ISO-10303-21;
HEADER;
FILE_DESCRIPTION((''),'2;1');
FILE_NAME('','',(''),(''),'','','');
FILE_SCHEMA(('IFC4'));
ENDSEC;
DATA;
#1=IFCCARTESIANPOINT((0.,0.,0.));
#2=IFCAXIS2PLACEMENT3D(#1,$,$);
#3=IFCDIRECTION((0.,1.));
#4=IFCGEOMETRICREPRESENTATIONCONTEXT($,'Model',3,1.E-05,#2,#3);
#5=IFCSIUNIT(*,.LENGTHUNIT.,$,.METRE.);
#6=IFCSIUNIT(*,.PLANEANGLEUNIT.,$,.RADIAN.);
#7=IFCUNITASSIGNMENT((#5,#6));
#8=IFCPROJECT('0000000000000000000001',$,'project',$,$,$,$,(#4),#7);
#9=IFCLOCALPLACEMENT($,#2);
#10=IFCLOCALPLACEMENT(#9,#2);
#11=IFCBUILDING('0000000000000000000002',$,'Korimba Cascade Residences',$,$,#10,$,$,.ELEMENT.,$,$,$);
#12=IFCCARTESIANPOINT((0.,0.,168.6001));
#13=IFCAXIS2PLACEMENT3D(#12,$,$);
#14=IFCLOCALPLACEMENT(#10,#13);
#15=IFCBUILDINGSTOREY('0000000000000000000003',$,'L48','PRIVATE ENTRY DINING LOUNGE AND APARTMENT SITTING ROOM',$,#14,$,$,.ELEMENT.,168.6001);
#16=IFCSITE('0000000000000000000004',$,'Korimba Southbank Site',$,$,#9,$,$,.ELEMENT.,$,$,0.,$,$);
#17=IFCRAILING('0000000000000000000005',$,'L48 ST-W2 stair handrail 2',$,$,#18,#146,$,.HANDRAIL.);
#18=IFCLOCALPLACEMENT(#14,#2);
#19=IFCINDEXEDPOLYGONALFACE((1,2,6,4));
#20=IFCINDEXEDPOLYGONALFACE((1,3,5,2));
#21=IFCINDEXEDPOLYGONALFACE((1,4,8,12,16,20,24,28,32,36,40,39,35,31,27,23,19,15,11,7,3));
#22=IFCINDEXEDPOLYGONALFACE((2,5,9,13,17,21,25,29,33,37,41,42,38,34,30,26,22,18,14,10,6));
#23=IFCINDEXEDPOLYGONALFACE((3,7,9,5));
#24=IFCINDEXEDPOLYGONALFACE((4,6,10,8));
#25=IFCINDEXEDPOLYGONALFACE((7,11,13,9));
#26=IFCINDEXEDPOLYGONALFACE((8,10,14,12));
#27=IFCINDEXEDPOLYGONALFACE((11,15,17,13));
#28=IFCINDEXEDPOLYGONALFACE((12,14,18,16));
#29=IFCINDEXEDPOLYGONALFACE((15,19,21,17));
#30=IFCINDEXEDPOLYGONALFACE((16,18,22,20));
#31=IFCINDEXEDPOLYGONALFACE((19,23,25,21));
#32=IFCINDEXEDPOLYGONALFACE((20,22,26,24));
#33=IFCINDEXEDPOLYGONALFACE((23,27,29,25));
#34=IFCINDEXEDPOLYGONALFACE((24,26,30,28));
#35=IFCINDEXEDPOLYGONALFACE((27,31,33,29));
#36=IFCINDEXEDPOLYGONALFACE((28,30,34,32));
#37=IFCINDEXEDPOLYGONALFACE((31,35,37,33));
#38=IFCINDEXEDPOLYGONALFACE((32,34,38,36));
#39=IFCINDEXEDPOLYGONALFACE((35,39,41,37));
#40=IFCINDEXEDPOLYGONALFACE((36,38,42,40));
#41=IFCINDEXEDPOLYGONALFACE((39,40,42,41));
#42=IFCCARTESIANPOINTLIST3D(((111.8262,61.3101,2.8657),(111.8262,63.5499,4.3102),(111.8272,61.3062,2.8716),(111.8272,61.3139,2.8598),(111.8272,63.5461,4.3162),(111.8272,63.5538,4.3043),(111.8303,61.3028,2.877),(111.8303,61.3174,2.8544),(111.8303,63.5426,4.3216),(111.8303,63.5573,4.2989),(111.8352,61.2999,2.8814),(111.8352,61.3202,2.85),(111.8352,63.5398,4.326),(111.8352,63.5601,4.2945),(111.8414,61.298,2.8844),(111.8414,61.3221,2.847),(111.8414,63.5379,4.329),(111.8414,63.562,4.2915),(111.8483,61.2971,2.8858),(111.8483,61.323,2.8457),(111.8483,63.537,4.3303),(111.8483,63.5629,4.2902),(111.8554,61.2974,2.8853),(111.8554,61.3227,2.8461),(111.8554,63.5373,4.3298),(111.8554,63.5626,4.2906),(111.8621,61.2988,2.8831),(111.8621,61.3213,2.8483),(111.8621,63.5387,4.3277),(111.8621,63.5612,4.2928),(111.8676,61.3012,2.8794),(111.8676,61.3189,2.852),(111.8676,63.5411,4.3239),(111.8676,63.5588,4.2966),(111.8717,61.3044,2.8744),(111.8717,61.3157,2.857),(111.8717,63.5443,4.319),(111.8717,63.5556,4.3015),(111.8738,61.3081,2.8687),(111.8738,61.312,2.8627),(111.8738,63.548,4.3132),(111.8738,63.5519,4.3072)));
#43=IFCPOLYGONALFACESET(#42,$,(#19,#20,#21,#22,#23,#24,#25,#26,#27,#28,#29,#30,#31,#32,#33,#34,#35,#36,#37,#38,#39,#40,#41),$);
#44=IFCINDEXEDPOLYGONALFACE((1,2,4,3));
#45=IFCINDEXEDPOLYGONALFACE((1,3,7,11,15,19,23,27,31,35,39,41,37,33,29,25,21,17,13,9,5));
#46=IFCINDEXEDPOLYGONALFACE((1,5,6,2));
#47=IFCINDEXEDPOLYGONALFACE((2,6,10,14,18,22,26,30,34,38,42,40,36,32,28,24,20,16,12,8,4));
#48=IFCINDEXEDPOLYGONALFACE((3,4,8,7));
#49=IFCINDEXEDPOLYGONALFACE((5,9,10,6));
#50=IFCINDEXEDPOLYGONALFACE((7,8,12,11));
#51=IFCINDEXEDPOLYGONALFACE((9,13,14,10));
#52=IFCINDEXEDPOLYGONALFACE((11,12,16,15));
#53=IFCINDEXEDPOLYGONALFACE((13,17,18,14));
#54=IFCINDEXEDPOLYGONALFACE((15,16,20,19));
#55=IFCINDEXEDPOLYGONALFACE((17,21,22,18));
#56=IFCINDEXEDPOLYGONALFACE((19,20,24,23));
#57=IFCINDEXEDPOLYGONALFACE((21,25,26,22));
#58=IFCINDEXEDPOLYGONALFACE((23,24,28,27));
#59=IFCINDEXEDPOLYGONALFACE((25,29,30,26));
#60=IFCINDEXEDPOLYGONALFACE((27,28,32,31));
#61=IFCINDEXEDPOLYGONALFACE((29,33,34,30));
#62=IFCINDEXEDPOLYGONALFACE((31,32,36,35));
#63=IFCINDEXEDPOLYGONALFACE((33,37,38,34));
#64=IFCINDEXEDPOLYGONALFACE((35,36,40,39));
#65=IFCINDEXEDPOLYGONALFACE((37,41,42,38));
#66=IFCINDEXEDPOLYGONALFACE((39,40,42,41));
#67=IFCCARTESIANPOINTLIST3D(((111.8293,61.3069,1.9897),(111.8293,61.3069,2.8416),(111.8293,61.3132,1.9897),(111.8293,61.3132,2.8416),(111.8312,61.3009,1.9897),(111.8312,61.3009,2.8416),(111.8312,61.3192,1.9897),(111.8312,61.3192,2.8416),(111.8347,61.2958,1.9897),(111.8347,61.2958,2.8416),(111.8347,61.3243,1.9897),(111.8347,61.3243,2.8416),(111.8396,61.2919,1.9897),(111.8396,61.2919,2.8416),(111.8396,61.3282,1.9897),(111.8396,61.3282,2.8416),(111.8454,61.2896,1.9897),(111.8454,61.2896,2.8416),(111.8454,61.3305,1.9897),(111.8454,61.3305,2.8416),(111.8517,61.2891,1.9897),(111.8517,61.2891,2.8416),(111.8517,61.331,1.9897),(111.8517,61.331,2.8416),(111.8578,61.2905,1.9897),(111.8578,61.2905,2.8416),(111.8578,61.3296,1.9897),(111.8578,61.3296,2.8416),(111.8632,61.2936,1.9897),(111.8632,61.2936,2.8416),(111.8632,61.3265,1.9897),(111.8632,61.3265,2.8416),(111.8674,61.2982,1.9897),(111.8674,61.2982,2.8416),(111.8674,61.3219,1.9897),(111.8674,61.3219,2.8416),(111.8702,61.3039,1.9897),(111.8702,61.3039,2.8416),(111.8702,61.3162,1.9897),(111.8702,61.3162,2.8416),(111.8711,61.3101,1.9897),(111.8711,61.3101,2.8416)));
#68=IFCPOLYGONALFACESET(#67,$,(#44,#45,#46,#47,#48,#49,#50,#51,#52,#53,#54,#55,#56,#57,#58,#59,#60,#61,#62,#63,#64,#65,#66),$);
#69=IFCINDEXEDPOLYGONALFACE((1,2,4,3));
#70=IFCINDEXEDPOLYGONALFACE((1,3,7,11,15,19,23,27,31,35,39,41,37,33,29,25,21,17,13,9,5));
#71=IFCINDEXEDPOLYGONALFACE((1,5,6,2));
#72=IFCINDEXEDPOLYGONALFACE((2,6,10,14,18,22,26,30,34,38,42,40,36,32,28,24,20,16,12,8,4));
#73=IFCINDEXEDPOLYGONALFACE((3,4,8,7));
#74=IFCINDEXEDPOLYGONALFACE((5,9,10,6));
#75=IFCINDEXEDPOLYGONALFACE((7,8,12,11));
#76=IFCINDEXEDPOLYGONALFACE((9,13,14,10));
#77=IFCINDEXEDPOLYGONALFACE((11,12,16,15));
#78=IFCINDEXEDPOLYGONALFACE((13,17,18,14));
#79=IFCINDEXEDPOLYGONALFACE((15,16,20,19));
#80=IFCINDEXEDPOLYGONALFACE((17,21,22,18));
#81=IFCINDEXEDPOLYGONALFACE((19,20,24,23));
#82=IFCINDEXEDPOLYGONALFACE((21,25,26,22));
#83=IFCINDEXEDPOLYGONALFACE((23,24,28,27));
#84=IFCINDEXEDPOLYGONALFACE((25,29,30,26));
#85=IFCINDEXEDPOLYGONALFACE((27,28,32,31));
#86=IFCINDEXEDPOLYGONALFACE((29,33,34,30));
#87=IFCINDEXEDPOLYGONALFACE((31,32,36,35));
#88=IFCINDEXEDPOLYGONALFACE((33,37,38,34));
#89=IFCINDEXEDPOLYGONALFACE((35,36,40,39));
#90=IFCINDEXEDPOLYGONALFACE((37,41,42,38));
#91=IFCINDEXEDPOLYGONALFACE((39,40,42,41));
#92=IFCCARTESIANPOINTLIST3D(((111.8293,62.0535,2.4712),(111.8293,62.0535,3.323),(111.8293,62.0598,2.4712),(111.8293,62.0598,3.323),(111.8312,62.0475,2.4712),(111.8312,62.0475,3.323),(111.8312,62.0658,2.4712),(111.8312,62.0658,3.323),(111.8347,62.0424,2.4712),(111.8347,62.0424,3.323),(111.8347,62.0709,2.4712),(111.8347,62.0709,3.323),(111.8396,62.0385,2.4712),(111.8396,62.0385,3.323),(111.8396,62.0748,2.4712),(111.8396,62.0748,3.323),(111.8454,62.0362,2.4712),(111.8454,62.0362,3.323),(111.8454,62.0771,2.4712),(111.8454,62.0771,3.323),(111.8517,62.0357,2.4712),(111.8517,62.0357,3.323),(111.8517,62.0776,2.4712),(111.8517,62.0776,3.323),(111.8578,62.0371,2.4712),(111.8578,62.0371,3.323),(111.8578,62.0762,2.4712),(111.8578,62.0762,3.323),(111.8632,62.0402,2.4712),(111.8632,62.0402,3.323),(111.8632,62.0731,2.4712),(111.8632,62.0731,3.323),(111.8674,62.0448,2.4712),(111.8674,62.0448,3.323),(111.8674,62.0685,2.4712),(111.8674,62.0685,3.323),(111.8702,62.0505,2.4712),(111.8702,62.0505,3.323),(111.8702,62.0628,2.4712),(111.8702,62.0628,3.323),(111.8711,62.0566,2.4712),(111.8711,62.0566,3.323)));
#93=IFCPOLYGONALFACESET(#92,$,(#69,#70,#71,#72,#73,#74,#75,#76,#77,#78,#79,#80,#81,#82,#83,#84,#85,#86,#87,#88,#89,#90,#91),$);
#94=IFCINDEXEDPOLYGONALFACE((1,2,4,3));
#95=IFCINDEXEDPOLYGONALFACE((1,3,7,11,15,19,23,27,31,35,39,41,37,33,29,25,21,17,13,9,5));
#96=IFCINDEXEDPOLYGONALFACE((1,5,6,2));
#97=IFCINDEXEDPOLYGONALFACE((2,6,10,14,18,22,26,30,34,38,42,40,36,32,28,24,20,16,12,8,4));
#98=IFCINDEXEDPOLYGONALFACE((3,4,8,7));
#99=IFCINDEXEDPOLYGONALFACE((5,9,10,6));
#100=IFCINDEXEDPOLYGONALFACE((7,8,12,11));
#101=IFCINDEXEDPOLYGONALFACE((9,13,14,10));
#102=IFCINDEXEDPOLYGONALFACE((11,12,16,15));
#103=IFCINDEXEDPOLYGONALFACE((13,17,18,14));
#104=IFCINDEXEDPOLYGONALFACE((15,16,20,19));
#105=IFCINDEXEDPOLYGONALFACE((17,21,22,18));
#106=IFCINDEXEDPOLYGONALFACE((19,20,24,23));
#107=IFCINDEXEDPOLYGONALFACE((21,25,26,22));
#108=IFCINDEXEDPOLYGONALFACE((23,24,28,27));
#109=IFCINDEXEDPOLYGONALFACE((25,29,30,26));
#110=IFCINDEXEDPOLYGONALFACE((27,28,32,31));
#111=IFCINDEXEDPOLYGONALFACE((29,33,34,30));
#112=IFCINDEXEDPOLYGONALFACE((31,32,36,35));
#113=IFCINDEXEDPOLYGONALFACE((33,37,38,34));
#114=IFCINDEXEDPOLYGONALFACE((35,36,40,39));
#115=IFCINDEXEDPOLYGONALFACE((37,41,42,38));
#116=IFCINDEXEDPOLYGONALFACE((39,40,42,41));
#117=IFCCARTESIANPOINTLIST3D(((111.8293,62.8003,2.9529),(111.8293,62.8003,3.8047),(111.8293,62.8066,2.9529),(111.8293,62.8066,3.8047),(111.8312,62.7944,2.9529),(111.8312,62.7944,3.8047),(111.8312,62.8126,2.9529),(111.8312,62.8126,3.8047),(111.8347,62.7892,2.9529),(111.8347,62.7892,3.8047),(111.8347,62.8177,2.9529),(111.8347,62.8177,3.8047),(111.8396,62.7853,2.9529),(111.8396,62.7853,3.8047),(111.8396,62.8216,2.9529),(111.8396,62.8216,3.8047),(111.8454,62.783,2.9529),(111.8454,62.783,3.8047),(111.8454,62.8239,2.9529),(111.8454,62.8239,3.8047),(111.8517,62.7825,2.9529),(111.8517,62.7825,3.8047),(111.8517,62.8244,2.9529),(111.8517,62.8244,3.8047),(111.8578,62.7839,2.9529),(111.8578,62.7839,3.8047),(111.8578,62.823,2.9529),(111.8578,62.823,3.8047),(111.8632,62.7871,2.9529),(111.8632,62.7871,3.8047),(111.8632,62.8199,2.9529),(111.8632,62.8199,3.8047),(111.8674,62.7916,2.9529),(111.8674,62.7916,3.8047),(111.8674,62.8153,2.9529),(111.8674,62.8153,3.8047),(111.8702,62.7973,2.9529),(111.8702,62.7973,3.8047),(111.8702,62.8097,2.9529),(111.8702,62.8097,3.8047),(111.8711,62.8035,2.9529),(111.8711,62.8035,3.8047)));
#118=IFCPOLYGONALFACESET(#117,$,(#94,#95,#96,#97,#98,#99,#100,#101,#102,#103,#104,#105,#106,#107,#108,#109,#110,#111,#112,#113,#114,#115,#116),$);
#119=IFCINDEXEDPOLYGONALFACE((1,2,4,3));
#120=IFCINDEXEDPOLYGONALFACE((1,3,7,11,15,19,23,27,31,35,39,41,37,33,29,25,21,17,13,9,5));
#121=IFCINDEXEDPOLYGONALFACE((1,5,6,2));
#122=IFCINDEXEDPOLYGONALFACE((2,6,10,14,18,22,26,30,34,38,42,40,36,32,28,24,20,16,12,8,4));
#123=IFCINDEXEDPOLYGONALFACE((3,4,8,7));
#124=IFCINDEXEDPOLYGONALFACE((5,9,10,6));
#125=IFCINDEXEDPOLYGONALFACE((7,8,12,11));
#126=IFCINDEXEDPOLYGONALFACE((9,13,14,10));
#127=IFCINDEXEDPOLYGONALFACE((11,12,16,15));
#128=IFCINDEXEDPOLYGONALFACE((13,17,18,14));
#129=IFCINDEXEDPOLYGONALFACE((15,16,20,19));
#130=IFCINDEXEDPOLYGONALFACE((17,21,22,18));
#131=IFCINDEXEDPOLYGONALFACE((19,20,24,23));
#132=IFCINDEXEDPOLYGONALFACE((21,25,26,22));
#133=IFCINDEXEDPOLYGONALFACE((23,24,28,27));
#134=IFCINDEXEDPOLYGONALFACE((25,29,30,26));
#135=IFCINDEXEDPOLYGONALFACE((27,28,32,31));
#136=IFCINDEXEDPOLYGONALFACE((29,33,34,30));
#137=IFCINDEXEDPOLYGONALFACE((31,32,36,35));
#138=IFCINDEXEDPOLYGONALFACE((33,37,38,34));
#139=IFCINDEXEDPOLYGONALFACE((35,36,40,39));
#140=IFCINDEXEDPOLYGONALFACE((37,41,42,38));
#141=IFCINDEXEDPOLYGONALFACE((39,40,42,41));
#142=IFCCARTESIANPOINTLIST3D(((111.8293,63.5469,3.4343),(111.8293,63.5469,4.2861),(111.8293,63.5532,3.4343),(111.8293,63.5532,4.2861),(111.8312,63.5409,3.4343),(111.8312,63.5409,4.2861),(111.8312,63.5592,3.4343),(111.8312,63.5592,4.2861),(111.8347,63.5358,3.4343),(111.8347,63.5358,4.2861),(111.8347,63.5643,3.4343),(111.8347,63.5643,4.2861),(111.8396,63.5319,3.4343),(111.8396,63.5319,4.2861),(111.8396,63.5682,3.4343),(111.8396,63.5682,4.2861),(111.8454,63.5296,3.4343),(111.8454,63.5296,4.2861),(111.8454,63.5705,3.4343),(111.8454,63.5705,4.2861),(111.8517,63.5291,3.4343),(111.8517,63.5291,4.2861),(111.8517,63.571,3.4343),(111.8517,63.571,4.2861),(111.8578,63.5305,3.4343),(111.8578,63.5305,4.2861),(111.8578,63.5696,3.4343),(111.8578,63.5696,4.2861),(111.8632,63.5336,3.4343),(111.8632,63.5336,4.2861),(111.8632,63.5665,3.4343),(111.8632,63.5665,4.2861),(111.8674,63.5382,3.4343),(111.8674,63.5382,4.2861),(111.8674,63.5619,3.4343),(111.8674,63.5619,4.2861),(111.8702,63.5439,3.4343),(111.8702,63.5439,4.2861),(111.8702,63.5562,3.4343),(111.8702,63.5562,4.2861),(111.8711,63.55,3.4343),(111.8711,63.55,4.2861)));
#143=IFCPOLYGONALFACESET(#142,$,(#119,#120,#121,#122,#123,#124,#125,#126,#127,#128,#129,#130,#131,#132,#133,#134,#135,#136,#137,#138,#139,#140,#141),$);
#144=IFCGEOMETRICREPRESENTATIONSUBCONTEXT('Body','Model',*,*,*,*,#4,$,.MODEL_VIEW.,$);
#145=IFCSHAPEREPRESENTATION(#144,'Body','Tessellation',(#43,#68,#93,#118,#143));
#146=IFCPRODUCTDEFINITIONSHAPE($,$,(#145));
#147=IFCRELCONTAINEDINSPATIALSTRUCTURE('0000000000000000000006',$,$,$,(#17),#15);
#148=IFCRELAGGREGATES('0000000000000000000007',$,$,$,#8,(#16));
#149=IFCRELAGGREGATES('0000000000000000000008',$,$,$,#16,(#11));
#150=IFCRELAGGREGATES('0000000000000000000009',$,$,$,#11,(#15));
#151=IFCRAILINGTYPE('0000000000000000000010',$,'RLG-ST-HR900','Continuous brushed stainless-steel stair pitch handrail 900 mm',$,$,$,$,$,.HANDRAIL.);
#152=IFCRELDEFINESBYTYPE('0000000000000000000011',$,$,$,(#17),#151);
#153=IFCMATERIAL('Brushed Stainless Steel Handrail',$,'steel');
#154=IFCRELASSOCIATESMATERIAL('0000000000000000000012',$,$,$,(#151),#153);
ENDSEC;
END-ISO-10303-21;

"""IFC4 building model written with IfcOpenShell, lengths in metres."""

from ifc_helpers import new_model, si_unit, direction, frame, origin, origin_2d, place, context, subcontext, project, spatial, circle, extrude, material, type_object, element, save


model = new_model("IFC4")

# Units and contexts
model_context = context("Model", 3, precision=1e-05, world=origin(), true_north=direction((0.0, 1.0)))
body_context = subcontext(model_context, "Body", "Model", "MODEL_VIEW")
ifc_project = project(units=[si_unit("LENGTHUNIT", "METRE"), si_unit("PLANEANGLEUNIT", "RADIAN")], contexts=[model_context])

# Site, building, storey
site_placement = place(None, origin())
site = spatial("IfcSite", under=ifc_project, at=site_placement, Name="Korimba Southbank Site", CompositionType="ELEMENT", RefElevation=0.0)
building_placement = place(site_placement, origin())
building = spatial("IfcBuilding", under=site, at=building_placement, Name="Korimba Cascade Residences", CompositionType="ELEMENT")
storey_placement = place(building_placement, frame((0.0, 0.0, 168.6001)))
storey = spatial("IfcBuildingStorey", under=building, at=storey_placement, Name="L48", Description="PRIVATE ENTRY DINING LOUNGE AND APARTMENT SITTING ROOM", CompositionType="ELEMENT", Elevation=168.6001)

# Railing
ifc_material_1 = material(Name="Brushed Stainless Steel Handrail", Category="steel")
railing_type_1 = type_object("IfcRailingType", Name="RLG-ST-HR900", Description="Continuous brushed stainless-steel stair pitch handrail 900 mm", PredefinedType="HANDRAIL", material=ifc_material_1)
railing_1_placement = place(storey_placement, frame((111.8501, 61.3101, 1.9897)))
element("IfcRailing", 1, at=railing_1_placement, inside=storey, type_object=railing_type_1, Name="L48 ST-W2 stair handrail 2", PredefinedType="HANDRAIL", context=body_context, shape_type="SweptSolid", body=[
    extrude(circle(Radius=0.0239, at=origin_2d()), frame((0.0, 0.0, 0.876), z_axis=(0.0, 0.840395, 0.541975), x_axis=(-1.0, 0.0, 0.0)), (0.0, 0.0, 1.0), 2.6653),
    extrude(circle(Radius=0.021, at=origin_2d()), origin(), (0.0, 0.0, 1.0), 0.8518),
    extrude(circle(Radius=0.021, at=origin_2d()), frame((0.0, 0.7466, 0.4814)), (0.0, 0.0, 1.0), 0.8518),
    extrude(circle(Radius=0.021, at=origin_2d()), frame((0.0, 1.4934, 0.9631)), (0.0, 0.0, 1.0), 0.8518),
    extrude(circle(Radius=0.021, at=origin_2d()), frame((0.0, 2.24, 1.4446)), (0.0, 0.0, 1.0), 0.8518),
])

save(model, "model.ifc")
